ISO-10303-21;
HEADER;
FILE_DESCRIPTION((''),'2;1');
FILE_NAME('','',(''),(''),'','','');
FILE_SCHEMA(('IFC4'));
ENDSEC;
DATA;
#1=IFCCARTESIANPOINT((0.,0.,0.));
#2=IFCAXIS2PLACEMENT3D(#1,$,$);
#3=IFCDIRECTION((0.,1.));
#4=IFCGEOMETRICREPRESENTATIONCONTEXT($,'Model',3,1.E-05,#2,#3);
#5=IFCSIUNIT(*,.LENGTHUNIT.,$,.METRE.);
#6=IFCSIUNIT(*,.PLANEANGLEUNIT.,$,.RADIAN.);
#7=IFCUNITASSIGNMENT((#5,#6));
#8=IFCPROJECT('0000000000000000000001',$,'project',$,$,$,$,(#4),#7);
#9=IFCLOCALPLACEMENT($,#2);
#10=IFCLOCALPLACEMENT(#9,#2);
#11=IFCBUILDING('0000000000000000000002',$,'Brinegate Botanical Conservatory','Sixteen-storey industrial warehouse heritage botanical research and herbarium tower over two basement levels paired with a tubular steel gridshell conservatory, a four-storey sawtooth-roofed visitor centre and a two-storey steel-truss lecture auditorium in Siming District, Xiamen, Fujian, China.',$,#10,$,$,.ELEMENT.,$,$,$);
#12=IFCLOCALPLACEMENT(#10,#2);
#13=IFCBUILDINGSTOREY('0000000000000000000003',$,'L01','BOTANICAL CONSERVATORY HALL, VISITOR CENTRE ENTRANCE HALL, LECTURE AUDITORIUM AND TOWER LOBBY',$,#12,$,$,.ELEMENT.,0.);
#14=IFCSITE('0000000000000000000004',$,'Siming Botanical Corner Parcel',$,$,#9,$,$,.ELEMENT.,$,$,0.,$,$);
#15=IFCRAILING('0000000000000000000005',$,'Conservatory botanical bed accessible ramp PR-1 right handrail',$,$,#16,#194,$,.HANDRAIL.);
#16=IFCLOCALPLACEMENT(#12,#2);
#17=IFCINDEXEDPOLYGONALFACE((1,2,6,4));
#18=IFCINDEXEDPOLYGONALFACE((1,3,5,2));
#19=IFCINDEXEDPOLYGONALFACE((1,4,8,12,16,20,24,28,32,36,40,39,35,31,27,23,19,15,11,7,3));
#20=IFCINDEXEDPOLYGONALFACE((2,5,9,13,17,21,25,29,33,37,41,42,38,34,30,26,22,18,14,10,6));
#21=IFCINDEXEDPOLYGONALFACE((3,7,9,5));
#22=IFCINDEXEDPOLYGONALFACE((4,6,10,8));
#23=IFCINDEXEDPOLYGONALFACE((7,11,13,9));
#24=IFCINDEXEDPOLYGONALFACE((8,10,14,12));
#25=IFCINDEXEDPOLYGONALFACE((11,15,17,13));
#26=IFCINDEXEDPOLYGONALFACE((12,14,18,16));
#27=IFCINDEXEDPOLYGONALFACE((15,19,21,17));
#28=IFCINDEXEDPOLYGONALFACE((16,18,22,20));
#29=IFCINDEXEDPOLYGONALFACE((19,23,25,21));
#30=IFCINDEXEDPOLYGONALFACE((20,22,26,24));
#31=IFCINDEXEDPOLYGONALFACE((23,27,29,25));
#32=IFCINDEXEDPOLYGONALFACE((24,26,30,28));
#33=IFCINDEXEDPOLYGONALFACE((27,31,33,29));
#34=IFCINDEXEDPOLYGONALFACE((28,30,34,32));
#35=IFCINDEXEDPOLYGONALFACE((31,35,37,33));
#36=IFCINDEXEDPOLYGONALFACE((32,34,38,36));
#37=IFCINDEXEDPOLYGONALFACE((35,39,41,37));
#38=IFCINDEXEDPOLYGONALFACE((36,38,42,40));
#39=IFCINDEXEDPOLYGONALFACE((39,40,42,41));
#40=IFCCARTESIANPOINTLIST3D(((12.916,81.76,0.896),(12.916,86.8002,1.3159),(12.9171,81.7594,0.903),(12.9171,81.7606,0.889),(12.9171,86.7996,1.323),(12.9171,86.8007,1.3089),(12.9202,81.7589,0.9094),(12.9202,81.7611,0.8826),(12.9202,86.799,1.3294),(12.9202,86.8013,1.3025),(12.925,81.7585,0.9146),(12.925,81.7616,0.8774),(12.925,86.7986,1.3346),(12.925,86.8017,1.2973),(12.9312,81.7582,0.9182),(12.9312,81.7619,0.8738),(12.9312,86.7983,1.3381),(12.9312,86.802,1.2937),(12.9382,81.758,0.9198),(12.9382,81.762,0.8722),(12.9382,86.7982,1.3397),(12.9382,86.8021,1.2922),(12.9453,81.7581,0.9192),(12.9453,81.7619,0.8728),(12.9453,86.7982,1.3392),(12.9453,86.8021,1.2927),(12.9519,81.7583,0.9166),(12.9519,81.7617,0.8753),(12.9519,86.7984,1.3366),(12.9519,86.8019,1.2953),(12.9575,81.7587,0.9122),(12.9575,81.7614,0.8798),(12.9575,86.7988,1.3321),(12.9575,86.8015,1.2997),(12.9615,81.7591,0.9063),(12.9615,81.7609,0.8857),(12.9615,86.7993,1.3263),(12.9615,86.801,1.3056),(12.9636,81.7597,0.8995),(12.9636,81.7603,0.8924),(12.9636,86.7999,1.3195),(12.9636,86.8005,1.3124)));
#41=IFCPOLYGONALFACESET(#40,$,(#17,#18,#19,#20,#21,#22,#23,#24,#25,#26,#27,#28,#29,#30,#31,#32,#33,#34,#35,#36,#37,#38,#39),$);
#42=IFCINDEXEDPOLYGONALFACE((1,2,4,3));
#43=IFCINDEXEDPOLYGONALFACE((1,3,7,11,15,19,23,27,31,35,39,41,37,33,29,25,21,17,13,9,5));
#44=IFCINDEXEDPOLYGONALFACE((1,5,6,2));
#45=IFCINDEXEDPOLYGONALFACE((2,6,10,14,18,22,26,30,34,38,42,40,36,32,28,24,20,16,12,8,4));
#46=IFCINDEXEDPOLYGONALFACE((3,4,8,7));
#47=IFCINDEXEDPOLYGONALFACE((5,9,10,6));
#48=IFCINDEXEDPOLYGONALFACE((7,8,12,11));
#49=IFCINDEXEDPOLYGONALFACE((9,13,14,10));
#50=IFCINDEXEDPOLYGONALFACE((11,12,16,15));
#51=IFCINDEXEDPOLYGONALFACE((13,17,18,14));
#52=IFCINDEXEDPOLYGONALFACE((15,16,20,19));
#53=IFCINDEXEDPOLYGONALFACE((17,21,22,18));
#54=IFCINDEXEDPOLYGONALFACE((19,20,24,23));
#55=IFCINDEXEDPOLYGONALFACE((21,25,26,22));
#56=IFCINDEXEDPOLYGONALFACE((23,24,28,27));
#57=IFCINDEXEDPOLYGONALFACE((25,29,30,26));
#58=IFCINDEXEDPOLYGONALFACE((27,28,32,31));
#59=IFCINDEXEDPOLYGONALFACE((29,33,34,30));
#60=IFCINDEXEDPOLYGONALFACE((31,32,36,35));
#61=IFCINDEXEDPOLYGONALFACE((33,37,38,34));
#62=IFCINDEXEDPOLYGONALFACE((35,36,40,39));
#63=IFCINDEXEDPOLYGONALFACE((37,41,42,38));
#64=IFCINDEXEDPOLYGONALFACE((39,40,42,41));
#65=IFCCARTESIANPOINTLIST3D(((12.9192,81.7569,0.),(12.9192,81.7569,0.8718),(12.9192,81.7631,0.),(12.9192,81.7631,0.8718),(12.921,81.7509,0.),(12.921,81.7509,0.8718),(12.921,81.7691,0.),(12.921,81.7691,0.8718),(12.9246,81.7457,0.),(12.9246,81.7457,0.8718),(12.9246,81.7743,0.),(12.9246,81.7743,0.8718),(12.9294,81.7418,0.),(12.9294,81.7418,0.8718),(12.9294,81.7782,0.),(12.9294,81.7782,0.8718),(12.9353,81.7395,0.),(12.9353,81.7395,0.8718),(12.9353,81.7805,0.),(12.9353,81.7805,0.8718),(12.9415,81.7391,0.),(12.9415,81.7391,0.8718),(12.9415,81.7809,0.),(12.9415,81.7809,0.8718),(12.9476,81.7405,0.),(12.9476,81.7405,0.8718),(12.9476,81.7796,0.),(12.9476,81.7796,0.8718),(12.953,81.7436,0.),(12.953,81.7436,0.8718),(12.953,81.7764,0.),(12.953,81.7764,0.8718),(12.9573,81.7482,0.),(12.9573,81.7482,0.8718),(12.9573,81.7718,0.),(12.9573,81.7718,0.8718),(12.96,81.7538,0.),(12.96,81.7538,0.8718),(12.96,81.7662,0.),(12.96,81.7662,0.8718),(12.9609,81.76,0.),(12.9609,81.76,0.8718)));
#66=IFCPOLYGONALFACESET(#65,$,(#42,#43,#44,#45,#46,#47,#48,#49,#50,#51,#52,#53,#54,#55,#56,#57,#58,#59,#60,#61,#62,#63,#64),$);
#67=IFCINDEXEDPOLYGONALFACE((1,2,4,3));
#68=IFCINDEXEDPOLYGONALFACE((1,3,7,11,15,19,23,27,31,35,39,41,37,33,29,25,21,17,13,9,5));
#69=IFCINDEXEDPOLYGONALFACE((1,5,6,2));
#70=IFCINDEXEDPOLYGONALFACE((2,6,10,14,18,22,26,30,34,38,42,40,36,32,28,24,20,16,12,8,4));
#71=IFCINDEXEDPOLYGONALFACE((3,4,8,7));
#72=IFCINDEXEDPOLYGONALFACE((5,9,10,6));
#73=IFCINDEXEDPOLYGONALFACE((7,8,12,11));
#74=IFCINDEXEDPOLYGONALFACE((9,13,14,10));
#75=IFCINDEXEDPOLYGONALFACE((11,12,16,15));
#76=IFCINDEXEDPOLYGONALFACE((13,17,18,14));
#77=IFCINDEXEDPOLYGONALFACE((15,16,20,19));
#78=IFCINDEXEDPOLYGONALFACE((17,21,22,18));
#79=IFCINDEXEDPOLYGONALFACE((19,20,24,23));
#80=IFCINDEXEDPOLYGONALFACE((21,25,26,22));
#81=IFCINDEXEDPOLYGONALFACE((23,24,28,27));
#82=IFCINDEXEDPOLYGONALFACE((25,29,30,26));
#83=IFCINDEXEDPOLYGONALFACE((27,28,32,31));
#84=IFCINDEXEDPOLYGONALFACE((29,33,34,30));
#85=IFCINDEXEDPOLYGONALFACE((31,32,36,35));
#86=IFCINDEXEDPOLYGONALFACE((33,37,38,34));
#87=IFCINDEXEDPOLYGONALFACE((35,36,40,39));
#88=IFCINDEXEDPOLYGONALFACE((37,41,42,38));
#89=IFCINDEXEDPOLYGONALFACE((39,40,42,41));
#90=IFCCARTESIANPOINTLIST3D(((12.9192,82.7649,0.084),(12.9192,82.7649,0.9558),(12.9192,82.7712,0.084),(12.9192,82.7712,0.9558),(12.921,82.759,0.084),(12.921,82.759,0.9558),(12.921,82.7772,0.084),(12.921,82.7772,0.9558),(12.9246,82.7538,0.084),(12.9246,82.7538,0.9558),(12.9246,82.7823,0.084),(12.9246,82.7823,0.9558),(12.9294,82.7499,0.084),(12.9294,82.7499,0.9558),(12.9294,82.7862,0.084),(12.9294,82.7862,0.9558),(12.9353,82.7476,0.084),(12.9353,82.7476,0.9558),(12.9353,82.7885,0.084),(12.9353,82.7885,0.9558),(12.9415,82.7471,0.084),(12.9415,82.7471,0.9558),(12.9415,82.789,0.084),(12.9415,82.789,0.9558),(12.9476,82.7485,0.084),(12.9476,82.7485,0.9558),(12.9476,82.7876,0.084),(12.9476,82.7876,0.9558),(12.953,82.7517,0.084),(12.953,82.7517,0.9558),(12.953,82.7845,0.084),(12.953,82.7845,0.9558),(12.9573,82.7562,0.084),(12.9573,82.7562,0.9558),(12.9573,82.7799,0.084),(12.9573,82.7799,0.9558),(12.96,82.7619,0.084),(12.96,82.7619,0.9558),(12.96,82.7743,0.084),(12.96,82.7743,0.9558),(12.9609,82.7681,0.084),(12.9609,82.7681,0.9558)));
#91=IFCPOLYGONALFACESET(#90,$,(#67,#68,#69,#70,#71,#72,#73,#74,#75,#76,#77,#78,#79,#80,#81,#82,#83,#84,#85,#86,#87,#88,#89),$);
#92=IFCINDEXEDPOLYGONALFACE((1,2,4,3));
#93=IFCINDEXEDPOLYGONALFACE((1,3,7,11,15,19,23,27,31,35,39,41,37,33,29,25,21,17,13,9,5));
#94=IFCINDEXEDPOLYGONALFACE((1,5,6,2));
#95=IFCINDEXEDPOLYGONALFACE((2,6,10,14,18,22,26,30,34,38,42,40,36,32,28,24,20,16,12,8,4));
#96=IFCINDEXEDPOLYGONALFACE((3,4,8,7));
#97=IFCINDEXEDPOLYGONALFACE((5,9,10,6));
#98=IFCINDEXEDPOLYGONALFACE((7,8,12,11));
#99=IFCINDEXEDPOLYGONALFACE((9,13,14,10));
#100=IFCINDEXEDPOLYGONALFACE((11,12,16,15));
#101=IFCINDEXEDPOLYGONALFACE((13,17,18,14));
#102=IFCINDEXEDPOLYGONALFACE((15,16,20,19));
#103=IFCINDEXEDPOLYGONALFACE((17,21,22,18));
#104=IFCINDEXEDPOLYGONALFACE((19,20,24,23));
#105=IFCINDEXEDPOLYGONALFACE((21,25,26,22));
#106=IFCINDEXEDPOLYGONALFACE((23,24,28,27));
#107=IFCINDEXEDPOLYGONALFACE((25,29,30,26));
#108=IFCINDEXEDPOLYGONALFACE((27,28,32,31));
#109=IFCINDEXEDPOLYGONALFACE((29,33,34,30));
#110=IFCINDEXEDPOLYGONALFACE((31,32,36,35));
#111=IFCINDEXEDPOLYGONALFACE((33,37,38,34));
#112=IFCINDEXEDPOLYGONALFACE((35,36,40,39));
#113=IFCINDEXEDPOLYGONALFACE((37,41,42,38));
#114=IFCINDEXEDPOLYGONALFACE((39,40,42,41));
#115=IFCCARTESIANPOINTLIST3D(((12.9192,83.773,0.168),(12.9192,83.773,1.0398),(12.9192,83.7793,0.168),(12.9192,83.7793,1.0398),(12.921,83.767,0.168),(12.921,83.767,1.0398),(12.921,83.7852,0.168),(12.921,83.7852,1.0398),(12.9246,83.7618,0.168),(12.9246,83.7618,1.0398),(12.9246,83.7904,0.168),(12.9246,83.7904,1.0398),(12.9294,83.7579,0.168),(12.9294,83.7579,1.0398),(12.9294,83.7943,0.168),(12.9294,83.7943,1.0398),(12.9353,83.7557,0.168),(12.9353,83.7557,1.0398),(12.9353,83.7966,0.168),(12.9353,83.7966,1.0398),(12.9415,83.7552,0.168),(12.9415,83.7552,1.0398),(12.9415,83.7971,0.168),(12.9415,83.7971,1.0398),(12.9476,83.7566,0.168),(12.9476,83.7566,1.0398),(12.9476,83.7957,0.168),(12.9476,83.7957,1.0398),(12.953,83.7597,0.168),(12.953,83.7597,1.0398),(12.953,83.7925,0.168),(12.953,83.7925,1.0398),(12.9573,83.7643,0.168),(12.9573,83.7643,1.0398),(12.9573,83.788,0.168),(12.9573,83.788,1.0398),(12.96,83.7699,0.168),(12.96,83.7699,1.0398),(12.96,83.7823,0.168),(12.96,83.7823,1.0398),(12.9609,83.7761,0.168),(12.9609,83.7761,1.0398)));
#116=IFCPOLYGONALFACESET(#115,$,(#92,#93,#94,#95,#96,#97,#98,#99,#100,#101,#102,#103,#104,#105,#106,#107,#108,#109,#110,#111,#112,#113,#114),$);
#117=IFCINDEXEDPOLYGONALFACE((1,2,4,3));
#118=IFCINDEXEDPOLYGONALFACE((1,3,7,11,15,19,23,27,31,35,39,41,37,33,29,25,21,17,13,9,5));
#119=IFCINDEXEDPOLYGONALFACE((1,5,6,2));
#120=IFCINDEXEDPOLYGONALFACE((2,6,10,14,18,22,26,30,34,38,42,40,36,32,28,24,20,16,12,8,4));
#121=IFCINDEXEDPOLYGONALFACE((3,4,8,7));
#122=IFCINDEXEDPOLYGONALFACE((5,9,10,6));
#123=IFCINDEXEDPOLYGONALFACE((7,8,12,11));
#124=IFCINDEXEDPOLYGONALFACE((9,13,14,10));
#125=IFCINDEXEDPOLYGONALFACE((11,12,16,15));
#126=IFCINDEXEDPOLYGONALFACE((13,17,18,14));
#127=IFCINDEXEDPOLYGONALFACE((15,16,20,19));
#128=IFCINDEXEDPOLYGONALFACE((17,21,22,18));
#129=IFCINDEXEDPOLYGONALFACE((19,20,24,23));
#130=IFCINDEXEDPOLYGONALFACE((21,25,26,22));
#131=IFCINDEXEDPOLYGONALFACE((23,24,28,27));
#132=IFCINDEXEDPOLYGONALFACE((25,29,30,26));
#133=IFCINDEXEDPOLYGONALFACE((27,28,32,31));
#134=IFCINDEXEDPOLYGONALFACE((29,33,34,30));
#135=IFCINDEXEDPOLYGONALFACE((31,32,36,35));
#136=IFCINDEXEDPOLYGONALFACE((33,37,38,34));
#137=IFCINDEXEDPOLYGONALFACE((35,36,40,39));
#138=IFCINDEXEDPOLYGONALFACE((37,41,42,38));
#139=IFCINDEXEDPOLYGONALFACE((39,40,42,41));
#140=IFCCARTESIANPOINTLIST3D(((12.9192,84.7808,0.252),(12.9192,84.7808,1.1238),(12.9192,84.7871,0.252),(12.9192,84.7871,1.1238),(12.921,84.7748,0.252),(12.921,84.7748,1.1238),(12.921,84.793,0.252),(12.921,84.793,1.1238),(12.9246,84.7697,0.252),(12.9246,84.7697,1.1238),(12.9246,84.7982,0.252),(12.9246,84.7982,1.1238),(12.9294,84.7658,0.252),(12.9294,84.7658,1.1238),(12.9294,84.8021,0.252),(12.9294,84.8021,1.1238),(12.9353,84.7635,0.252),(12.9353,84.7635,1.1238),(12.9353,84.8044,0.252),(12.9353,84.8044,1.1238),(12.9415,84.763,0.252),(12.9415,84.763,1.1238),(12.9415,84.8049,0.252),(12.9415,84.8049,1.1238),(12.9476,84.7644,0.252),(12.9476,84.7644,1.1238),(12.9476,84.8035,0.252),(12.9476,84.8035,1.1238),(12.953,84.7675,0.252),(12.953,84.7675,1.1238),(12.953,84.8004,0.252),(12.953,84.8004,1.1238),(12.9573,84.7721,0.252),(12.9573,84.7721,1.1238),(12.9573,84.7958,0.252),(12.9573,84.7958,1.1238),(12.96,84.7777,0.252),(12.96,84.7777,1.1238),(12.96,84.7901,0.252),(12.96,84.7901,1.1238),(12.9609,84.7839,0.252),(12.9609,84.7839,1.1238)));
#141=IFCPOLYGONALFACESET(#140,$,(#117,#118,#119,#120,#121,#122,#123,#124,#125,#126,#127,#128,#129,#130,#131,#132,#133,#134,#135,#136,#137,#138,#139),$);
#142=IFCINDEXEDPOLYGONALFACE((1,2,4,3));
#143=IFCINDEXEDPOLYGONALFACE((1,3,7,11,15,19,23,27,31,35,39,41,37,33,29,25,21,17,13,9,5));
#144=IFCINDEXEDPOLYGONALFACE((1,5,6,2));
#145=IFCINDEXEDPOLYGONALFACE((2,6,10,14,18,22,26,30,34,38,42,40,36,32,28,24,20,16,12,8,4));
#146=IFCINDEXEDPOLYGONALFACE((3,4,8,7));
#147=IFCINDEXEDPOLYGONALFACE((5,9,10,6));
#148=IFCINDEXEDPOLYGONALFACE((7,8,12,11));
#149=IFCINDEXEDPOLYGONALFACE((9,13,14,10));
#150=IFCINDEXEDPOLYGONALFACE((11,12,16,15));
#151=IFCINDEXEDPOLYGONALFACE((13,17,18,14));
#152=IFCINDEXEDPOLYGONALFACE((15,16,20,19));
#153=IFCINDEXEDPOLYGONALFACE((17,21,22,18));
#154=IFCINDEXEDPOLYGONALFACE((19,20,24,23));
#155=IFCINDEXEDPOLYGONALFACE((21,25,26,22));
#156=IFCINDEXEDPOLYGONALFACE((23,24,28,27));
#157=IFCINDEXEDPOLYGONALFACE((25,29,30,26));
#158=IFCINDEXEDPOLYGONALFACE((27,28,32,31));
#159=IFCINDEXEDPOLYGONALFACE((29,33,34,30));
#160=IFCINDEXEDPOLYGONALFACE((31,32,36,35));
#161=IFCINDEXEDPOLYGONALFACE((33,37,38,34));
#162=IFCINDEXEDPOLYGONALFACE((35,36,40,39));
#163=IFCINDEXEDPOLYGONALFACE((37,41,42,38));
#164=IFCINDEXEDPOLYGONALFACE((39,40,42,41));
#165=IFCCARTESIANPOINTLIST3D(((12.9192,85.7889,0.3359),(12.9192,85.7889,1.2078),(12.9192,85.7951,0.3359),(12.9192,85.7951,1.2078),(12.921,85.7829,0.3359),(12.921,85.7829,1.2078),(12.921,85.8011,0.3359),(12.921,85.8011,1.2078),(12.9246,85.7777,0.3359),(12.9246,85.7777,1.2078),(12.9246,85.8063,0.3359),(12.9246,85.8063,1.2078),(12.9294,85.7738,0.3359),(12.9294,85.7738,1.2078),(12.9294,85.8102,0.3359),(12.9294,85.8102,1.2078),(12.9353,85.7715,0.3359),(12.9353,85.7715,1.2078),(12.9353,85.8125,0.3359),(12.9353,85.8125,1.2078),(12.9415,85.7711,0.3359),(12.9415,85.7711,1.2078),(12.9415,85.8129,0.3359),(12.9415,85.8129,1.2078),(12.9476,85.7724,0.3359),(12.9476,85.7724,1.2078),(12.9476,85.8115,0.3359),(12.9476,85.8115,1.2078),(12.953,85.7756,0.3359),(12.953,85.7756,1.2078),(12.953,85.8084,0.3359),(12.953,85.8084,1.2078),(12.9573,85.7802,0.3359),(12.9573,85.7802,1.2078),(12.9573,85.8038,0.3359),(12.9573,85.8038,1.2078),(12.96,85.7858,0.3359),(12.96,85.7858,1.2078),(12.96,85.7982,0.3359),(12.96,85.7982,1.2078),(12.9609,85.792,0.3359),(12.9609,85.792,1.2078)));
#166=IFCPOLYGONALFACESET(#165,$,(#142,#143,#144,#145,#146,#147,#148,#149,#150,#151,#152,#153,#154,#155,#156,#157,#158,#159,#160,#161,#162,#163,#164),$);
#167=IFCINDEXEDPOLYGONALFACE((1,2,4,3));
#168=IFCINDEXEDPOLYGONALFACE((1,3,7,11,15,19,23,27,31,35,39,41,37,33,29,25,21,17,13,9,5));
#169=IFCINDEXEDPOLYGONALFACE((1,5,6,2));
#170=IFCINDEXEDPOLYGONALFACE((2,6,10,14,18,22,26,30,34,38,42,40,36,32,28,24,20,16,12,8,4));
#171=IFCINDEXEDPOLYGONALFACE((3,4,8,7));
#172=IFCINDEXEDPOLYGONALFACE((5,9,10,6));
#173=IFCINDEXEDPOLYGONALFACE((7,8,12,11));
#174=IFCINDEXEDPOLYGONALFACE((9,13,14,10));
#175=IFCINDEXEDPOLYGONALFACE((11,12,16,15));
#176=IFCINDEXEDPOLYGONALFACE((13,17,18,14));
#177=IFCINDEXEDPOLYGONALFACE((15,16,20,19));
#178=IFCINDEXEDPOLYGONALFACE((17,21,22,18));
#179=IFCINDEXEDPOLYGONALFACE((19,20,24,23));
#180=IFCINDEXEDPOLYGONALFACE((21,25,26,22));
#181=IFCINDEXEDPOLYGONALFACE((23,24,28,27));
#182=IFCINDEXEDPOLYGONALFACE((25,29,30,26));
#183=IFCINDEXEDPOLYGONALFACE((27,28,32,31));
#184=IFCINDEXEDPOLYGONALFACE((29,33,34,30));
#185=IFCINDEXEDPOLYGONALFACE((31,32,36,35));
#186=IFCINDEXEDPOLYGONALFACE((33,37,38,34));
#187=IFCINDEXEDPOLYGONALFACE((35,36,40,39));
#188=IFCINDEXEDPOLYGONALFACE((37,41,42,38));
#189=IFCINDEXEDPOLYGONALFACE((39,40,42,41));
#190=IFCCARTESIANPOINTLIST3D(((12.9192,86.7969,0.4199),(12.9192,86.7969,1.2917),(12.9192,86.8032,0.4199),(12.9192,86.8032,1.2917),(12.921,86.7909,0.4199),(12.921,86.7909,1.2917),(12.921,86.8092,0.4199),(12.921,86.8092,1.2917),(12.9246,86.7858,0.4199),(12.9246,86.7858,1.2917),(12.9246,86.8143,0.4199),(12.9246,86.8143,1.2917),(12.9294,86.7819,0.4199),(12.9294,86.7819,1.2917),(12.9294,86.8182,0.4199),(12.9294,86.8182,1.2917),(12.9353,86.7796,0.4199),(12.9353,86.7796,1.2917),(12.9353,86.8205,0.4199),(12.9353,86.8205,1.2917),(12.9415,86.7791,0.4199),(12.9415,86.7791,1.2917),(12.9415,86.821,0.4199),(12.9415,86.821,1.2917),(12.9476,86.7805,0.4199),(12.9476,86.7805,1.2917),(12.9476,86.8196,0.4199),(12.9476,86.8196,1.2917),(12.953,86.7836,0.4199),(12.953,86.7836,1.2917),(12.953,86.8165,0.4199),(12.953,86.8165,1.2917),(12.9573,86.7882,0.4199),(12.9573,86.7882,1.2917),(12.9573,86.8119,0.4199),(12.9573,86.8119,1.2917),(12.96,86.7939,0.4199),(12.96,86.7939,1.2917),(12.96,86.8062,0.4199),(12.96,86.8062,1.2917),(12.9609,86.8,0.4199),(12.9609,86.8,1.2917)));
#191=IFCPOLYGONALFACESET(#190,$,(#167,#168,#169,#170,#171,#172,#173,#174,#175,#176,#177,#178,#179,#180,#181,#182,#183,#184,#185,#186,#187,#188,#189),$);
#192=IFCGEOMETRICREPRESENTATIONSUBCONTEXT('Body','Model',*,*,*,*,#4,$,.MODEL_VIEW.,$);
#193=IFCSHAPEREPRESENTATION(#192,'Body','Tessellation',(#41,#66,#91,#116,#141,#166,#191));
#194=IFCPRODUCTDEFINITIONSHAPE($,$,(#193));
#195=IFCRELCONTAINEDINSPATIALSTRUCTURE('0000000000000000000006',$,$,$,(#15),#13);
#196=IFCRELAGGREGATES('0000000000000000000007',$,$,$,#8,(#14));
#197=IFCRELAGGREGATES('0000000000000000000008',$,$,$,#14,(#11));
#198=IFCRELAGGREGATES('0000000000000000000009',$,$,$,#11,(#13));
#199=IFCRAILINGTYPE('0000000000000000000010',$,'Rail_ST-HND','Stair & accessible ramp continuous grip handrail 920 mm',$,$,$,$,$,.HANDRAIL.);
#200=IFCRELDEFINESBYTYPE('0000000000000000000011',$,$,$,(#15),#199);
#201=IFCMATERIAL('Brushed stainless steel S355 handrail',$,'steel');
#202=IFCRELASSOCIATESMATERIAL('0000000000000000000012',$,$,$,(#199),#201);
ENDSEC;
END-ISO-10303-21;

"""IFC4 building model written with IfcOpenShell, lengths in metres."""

from ifc_helpers import new_model, si_unit, direction, frame, origin, origin_2d, place, context, subcontext, project, spatial, circle, extrude, material, type_object, element, save


model = new_model("IFC4")

# Units and contexts
model_context = context("Model", 3, precision=1e-05, world=origin(), true_north=direction((0.0, 1.0)))
body_context = subcontext(model_context, "Body", "Model", "MODEL_VIEW")
ifc_project = project(units=[si_unit("LENGTHUNIT", "METRE"), si_unit("PLANEANGLEUNIT", "RADIAN")], contexts=[model_context])

# Site, building, storey
site_placement = place(None, origin())
site = spatial("IfcSite", under=ifc_project, at=site_placement, Name="Siming Botanical Corner Parcel", CompositionType="ELEMENT", RefElevation=0.0)
building_placement = place(site_placement, origin())
building = spatial("IfcBuilding", under=site, at=building_placement, Name="Brinegate Botanical Conservatory", Description="Sixteen-storey industrial warehouse heritage botanical research and herbarium tower over two basement levels paired with a tubular steel gridshell conservatory, a four-storey sawtooth-roofed visitor centre and a two-storey steel-truss lecture auditorium in Siming District, Xiamen, Fujian, China.", CompositionType="ELEMENT")
storey_placement = place(building_placement, origin())
storey = spatial("IfcBuildingStorey", under=building, at=storey_placement, Name="L01", Description="BOTANICAL CONSERVATORY HALL, VISITOR CENTRE ENTRANCE HALL, LECTURE AUDITORIUM AND TOWER LOBBY", CompositionType="ELEMENT", Elevation=0.0)

# Railing
ifc_material_1 = material(Name="Brushed stainless steel S355 handrail", Category="steel")
railing_type_1 = type_object("IfcRailingType", Name="Rail_ST-HND", Description="Stair & accessible ramp continuous grip handrail 920 mm", PredefinedType="HANDRAIL", material=ifc_material_1)
railing_1_placement = place(storey_placement, frame((12.9399, 81.76, 0.0)))
element("IfcRailing", 1, at=railing_1_placement, inside=storey, type_object=railing_type_1, Name="Conservatory botanical bed accessible ramp PR-1 right handrail", PredefinedType="HANDRAIL", context=body_context, shape_type="SweptSolid", body=[
    extrude(circle(Radius=0.0239, at=origin_2d()), frame((0.0, 0.0, 0.896), z_axis=(0.0, 0.996547, 0.083029), x_axis=(-1.0, 0.0, 0.0)), (0.0, 0.0, 1.0), 5.0576),
    extrude(circle(Radius=0.021, at=origin_2d()), origin(), (0.0, 0.0, 1.0), 0.8718),
    extrude(circle(Radius=0.021, at=origin_2d()), frame((0.0, 1.0081, 0.084)), (0.0, 0.0, 1.0), 0.8718),
    extrude(circle(Radius=0.021, at=origin_2d()), frame((0.0, 2.0161, 0.168)), (0.0, 0.0, 1.0), 0.8718),
    extrude(circle(Radius=0.021, at=origin_2d()), frame((0.0, 3.0239, 0.252)), (0.0, 0.0, 1.0), 0.8718),
    extrude(circle(Radius=0.021, at=origin_2d()), frame((0.0, 4.032, 0.3359)), (0.0, 0.0, 1.0), 0.8718),
    extrude(circle(Radius=0.021, at=origin_2d()), frame((0.0, 5.04, 0.4199)), (0.0, 0.0, 1.0), 0.8718),
])

save(model, "model.ifc")
